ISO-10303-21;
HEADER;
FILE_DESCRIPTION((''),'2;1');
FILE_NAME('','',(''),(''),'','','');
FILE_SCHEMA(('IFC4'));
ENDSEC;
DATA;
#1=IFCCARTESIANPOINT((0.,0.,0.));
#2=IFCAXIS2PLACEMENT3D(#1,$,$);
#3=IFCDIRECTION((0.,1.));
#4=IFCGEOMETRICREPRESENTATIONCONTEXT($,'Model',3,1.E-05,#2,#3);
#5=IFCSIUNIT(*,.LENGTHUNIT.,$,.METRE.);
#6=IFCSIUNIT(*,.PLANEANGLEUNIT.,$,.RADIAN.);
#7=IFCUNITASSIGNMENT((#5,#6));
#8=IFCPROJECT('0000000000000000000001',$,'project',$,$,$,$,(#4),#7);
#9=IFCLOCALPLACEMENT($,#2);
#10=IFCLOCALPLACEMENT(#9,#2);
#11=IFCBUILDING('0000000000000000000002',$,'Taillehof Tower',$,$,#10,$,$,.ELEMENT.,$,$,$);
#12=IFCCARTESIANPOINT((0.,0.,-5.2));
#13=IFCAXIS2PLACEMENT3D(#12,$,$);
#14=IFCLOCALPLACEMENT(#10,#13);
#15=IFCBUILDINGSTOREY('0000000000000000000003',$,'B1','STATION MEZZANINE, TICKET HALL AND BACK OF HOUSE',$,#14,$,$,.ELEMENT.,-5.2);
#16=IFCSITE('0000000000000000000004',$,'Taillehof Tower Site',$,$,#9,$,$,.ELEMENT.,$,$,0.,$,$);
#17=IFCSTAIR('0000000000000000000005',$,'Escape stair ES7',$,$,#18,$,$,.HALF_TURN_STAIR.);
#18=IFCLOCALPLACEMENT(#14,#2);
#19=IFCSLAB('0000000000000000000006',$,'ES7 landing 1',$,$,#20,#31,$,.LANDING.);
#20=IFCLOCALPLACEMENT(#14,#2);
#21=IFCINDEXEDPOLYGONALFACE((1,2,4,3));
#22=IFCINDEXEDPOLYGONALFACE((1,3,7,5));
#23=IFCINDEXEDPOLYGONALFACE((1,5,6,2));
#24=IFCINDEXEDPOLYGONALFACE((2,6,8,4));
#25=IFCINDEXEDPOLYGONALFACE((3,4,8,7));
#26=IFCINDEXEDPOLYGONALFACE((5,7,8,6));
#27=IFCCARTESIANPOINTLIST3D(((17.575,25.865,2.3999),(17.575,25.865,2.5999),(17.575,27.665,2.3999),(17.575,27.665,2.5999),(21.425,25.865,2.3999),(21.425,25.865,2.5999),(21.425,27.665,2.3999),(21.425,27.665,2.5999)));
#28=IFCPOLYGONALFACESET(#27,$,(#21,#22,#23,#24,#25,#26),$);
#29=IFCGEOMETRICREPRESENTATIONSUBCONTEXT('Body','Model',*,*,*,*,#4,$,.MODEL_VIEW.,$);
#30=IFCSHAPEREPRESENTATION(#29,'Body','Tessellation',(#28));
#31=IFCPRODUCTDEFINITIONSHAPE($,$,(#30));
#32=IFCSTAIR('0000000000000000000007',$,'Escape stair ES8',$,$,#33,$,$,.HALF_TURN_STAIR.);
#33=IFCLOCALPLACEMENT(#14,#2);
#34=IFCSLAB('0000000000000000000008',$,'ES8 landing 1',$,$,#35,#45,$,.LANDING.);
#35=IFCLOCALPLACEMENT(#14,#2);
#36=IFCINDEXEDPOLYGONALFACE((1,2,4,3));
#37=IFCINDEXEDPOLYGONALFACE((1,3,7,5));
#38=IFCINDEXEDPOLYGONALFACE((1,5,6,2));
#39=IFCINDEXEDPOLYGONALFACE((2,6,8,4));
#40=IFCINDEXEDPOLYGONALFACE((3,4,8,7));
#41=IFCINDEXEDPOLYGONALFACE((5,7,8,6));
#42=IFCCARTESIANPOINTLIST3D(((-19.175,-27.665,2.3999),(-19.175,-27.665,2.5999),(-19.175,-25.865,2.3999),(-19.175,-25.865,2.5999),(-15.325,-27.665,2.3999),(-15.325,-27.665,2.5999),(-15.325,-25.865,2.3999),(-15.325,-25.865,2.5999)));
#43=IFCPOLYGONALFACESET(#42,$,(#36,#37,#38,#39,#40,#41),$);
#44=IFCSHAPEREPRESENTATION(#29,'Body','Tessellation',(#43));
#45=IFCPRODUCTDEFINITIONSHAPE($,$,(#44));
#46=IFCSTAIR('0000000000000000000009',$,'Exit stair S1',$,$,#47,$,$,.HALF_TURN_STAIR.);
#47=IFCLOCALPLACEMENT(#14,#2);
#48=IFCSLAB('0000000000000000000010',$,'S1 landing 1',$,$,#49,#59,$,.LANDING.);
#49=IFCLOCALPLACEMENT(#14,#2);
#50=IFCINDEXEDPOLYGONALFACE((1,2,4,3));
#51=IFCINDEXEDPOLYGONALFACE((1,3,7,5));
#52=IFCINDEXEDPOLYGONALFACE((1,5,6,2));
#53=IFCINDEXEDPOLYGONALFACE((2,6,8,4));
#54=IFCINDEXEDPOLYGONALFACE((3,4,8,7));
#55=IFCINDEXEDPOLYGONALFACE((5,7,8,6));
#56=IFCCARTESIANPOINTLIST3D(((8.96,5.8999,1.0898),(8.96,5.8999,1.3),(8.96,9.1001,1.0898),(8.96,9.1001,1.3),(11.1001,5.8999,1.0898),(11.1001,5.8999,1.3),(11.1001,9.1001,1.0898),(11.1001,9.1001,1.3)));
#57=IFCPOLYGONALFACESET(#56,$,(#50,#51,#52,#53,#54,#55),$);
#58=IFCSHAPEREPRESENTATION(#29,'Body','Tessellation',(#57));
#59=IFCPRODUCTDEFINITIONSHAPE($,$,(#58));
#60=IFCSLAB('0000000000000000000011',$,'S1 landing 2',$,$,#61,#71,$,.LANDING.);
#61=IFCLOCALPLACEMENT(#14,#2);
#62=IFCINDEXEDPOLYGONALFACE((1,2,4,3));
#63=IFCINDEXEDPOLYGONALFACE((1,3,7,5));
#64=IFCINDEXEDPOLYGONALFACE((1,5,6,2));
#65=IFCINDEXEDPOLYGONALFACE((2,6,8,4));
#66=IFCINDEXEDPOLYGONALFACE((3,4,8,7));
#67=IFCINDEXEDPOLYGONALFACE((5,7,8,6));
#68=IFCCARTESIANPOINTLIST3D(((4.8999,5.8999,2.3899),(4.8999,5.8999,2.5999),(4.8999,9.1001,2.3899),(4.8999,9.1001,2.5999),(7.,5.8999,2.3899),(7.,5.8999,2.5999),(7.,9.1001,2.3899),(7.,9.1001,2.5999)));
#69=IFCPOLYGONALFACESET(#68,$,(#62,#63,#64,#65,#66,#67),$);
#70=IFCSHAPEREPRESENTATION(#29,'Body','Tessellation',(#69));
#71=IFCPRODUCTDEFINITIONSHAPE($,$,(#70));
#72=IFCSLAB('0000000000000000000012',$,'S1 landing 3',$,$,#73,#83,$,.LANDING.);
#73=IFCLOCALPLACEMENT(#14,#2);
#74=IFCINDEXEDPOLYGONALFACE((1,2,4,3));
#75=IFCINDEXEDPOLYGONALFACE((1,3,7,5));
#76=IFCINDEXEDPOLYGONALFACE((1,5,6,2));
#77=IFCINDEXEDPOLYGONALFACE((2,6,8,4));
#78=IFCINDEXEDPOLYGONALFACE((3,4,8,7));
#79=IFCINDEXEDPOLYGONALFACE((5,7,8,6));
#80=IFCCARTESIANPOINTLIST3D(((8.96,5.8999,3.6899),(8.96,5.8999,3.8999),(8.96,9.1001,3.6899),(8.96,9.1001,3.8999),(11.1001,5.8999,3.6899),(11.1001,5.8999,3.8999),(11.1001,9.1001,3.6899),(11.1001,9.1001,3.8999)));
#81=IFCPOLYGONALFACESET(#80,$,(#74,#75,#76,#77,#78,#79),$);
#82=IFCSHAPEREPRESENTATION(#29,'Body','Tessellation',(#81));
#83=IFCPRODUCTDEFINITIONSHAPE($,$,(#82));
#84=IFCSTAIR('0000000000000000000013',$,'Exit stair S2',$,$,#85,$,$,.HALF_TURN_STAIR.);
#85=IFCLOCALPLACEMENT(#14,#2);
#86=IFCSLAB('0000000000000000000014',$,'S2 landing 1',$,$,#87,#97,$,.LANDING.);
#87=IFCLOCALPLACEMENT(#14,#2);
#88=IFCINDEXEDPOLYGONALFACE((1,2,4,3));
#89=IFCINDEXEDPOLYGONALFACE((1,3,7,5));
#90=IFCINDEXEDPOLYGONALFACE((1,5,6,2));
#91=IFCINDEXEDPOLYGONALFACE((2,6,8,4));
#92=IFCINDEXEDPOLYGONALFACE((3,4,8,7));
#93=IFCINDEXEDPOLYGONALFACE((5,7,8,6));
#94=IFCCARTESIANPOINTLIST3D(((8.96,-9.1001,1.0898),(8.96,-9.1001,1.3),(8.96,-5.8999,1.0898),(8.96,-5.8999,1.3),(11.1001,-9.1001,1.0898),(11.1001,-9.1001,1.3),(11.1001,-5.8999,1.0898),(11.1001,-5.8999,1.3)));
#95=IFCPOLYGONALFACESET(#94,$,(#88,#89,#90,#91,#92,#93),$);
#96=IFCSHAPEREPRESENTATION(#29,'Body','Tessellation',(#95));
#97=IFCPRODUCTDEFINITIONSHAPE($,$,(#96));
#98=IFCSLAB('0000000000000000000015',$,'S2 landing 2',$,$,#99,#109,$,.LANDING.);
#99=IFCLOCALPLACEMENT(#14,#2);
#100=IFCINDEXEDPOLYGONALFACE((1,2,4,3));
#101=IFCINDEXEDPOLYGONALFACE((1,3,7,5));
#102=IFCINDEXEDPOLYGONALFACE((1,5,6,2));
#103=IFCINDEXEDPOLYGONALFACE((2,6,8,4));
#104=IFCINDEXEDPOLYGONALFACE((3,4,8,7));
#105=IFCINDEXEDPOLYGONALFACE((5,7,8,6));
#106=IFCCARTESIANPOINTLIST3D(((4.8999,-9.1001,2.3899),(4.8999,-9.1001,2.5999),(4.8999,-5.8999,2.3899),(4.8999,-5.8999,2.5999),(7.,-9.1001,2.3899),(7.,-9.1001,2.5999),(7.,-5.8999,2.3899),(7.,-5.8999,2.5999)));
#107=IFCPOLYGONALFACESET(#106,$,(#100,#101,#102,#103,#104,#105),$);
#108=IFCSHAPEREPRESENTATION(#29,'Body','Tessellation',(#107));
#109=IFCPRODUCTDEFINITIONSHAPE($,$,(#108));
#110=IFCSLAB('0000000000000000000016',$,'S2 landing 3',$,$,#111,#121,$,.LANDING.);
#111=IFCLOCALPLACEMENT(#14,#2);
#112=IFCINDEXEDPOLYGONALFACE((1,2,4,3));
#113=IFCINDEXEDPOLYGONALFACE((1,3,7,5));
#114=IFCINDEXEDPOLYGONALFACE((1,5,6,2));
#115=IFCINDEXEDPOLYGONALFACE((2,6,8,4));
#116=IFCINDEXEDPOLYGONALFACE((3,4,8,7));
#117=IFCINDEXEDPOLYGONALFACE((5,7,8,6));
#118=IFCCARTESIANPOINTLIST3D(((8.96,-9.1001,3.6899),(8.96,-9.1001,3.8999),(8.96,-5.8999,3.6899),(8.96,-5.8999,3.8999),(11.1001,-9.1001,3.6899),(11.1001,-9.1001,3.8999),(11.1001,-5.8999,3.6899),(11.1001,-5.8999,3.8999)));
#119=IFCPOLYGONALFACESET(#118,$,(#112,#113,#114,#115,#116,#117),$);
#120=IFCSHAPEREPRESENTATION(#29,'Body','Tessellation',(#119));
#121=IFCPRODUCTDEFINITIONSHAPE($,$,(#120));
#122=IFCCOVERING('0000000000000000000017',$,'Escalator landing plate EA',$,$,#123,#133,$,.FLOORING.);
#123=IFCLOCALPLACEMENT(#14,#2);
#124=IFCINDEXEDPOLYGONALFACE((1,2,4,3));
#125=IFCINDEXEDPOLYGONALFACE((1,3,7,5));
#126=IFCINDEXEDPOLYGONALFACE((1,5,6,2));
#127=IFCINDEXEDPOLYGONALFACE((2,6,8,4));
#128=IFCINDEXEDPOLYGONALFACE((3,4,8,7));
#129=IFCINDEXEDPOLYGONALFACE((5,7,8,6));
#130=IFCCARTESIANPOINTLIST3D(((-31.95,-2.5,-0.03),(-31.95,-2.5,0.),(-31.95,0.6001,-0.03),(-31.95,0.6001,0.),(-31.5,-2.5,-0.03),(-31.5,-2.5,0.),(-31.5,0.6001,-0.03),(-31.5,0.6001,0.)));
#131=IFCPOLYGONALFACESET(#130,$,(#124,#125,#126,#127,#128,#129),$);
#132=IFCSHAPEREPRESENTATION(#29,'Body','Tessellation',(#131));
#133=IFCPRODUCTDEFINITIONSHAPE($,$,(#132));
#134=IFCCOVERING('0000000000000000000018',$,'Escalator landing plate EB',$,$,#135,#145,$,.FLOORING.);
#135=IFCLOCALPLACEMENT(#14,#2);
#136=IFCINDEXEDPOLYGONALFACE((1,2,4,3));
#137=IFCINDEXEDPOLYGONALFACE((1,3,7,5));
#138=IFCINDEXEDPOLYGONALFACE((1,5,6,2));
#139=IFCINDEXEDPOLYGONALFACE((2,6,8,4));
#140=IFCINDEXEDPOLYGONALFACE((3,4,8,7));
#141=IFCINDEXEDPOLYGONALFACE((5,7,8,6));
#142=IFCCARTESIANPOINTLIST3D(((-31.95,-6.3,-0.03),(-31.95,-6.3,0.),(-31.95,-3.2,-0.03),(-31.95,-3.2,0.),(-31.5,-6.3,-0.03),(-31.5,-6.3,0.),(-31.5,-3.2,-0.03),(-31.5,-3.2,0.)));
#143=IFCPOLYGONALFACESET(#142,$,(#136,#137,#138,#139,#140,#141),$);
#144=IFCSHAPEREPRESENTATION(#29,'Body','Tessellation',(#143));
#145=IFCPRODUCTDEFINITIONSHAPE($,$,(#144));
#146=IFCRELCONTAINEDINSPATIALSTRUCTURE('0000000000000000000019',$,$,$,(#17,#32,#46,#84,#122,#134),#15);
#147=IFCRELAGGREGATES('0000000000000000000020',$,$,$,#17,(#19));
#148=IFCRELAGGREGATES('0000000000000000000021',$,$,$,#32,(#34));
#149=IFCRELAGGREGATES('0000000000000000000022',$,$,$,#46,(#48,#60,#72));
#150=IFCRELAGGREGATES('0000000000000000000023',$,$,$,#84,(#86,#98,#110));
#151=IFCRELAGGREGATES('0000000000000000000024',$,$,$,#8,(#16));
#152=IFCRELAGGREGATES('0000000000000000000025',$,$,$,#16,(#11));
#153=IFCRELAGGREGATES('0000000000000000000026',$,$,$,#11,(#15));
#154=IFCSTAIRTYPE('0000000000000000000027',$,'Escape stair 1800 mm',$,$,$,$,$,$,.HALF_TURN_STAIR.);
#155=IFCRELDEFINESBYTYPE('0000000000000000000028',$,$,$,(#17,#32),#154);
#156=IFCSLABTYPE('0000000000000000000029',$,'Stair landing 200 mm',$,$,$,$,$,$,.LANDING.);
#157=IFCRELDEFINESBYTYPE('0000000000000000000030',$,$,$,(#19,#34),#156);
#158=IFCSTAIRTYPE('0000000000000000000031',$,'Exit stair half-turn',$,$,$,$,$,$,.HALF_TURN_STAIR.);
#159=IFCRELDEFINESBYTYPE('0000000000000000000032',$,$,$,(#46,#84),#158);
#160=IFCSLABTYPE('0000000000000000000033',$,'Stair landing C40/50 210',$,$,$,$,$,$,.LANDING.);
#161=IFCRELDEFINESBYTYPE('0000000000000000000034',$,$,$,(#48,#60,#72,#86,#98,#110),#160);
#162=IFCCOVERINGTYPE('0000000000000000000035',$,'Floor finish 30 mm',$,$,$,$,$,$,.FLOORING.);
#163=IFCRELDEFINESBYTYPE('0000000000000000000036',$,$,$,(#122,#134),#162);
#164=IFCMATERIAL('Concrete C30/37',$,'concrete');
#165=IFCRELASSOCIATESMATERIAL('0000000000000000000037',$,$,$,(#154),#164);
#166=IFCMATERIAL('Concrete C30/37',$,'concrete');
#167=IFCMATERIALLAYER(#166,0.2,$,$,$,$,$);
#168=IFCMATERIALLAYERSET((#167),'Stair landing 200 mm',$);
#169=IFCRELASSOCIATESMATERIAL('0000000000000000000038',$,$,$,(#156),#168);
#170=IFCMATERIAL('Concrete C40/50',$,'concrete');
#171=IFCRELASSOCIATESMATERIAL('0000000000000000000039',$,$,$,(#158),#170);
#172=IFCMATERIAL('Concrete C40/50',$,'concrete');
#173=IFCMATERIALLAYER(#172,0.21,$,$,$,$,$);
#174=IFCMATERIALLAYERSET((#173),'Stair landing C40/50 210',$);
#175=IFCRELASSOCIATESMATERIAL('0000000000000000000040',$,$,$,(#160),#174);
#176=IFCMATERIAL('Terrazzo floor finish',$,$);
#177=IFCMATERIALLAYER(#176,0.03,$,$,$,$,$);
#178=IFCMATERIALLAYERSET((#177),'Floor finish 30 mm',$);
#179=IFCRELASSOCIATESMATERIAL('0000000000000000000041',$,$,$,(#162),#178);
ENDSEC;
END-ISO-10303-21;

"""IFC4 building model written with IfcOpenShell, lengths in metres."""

from ifc_helpers import new_model, si_unit, direction, frame, origin, place, context, subcontext, project, spatial, polyline, outline, extrude, material, layer, layer_set, type_object, element, aggregate, save


model = new_model("IFC4")

# Units and contexts
model_context = context("Model", 3, precision=1e-05, world=origin(), true_north=direction((0.0, 1.0)))
body_context = subcontext(model_context, "Body", "Model", "MODEL_VIEW")
ifc_project = project(units=[si_unit("LENGTHUNIT", "METRE"), si_unit("PLANEANGLEUNIT", "RADIAN")], contexts=[model_context])

# Site, building, storey
site_placement = place(None, origin())
site = spatial("IfcSite", under=ifc_project, at=site_placement, Name="Taillehof Tower Site", CompositionType="ELEMENT", RefElevation=0.0)
building_placement = place(site_placement, origin())
building = spatial("IfcBuilding", under=site, at=building_placement, Name="Taillehof Tower", CompositionType="ELEMENT")
storey_placement = place(building_placement, frame((0.0, 0.0, -5.2)))
storey = spatial("IfcBuildingStorey", under=building, at=storey_placement, Name="B1", Description="STATION MEZZANINE, TICKET HALL AND BACK OF HOUSE", CompositionType="ELEMENT", Elevation=-5.2)

# Stairs, slabs
ifc_material_1 = material(Name="Concrete C30/37", Category="concrete")
stair_type_1 = type_object("IfcStairType", Name="Escape stair 1800 mm", PredefinedType="HALF_TURN_STAIR", material=ifc_material_1)
ifc_material_2 = material(Name="Concrete C30/37", Category="concrete")
ifc_layer_1 = layer(ifc_material_2, 0.2)
ifc_layer_set_1 = layer_set([ifc_layer_1], Name="Stair landing 200 mm")
slab_type_1 = type_object("IfcSlabType", Name="Stair landing 200 mm", PredefinedType="LANDING", material=ifc_layer_set_1)
stair_1_placement = place(storey_placement, origin())
stair_1 = element("IfcStair", 1, at=stair_1_placement, inside=storey, type_object=stair_type_1, Name="Escape stair ES7", PredefinedType="HALF_TURN_STAIR")
slab_1_placement = place(storey_placement, frame((0.0, 0.0, 2.3999)))
slab_1 = element("IfcSlab", 2, at=slab_1_placement, type_object=slab_type_1, Name="ES7 landing 1", PredefinedType="LANDING", context=body_context, shape_type="SweptSolid", body=[
    extrude(outline(polyline([(17.575, 25.865), (21.425, 25.865), (21.425, 27.665), (17.575, 27.665), (17.575, 25.865)])), origin(), (0.0, 0.0, 1.0), 0.2),
])
aggregate(stair_1, [slab_1])
stair_2_placement = place(storey_placement, origin())
stair_2 = element("IfcStair", 3, at=stair_2_placement, inside=storey, type_object=stair_type_1, Name="Escape stair ES8", PredefinedType="HALF_TURN_STAIR")
slab_2_placement = place(storey_placement, frame((0.0, 0.0, 2.3999)))
slab_2 = element("IfcSlab", 4, at=slab_2_placement, type_object=slab_type_1, Name="ES8 landing 1", PredefinedType="LANDING", context=body_context, shape_type="SweptSolid", body=[
    extrude(outline(polyline([(-15.325, -25.865), (-19.175, -25.865), (-19.175, -27.665), (-15.325, -27.665), (-15.325, -25.865)])), origin(), (0.0, 0.0, 1.0), 0.2),
])
aggregate(stair_2, [slab_2])

# Stairs, slabs
ifc_material_3 = material(Name="Concrete C40/50", Category="concrete")
stair_type_2 = type_object("IfcStairType", Name="Exit stair half-turn", PredefinedType="HALF_TURN_STAIR", material=ifc_material_3)
stair_3_placement = place(storey_placement, origin())
stair_3 = element("IfcStair", 5, at=stair_3_placement, inside=storey, type_object=stair_type_2, Name="Exit stair S1", PredefinedType="HALF_TURN_STAIR")
ifc_material_4 = material(Name="Concrete C40/50", Category="concrete")
ifc_layer_2 = layer(ifc_material_4, 0.21)
ifc_layer_set_2 = layer_set([ifc_layer_2], Name="Stair landing C40/50 210")
slab_type_2 = type_object("IfcSlabType", Name="Stair landing C40/50 210", PredefinedType="LANDING", material=ifc_layer_set_2)
slab_3_placement = place(storey_placement, frame((0.0, 0.0, 1.0898)))
slab_3 = element("IfcSlab", 6, at=slab_3_placement, type_object=slab_type_2, Name="S1 landing 1", PredefinedType="LANDING", context=body_context, shape_type="SweptSolid", body=[
    extrude(outline(polyline([(8.96, 5.8999), (11.1001, 5.8999), (11.1001, 9.1001), (8.96, 9.1001), (8.96, 5.8999)])), origin(), (0.0, 0.0, 1.0), 0.2102),
])
slab_4_placement = place(storey_placement, frame((0.0, 0.0, 2.3899)))
slab_4 = element("IfcSlab", 7, at=slab_4_placement, type_object=slab_type_2, Name="S1 landing 2", PredefinedType="LANDING", context=body_context, shape_type="SweptSolid", body=[
    extrude(outline(polyline([(4.8999, 5.8999), (7.0, 5.8999), (7.0, 9.1001), (4.8999, 9.1001), (4.8999, 5.8999)])), origin(), (0.0, 0.0, 1.0), 0.21),
])
slab_5_placement = place(storey_placement, frame((0.0, 0.0, 3.6899)))
slab_5 = element("IfcSlab", 8, at=slab_5_placement, type_object=slab_type_2, Name="S1 landing 3", PredefinedType="LANDING", context=body_context, shape_type="SweptSolid", body=[
    extrude(outline(polyline([(8.96, 5.8999), (11.1001, 5.8999), (11.1001, 9.1001), (8.96, 9.1001), (8.96, 5.8999)])), origin(), (0.0, 0.0, 1.0), 0.21),
])
aggregate(stair_3, [slab_3, slab_4, slab_5])
stair_4_placement = place(storey_placement, origin())
stair_4 = element("IfcStair", 9, at=stair_4_placement, inside=storey, type_object=stair_type_2, Name="Exit stair S2", PredefinedType="HALF_TURN_STAIR")
slab_6_placement = place(storey_placement, frame((0.0, 0.0, 1.0898)))
slab_6 = element("IfcSlab", 10, at=slab_6_placement, type_object=slab_type_2, Name="S2 landing 1", PredefinedType="LANDING", context=body_context, shape_type="SweptSolid", body=[
    extrude(outline(polyline([(8.96, -5.8999), (11.1001, -5.8999), (11.1001, -9.1001), (8.96, -9.1001), (8.96, -5.8999)])), origin(), (0.0, 0.0, 1.0), 0.2102),
])
slab_7_placement = place(storey_placement, frame((0.0, 0.0, 2.3899)))
slab_7 = element("IfcSlab", 11, at=slab_7_placement, type_object=slab_type_2, Name="S2 landing 2", PredefinedType="LANDING", context=body_context, shape_type="SweptSolid", body=[
    extrude(outline(polyline([(4.8999, -5.8999), (7.0, -5.8999), (7.0, -9.1001), (4.8999, -9.1001), (4.8999, -5.8999)])), origin(), (0.0, 0.0, 1.0), 0.21),
])
slab_8_placement = place(storey_placement, frame((0.0, 0.0, 3.6899)))
slab_8 = element("IfcSlab", 12, at=slab_8_placement, type_object=slab_type_2, Name="S2 landing 3", PredefinedType="LANDING", context=body_context, shape_type="SweptSolid", body=[
    extrude(outline(polyline([(8.96, -5.8999), (11.1001, -5.8999), (11.1001, -9.1001), (8.96, -9.1001), (8.96, -5.8999)])), origin(), (0.0, 0.0, 1.0), 0.21),
])
aggregate(stair_4, [slab_6, slab_7, slab_8])

# Coverings
ifc_material_5 = material(Name="Terrazzo floor finish")
ifc_layer_3 = layer(ifc_material_5, 0.03)
ifc_layer_set_3 = layer_set([ifc_layer_3], Name="Floor finish 30 mm")
covering_type = type_object("IfcCoveringType", Name="Floor finish 30 mm", PredefinedType="FLOORING", material=ifc_layer_set_3)
covering_1_placement = place(storey_placement, frame((0.0, 0.0, -0.03)))
element("IfcCovering", 13, at=covering_1_placement, inside=storey, type_object=covering_type, Name="Escalator landing plate EA", PredefinedType="FLOORING", context=body_context, shape_type="SweptSolid", body=[
    extrude(outline(polyline([(-31.95, -2.5), (-31.5, -2.5), (-31.5, 0.6001), (-31.95, 0.6001), (-31.95, -2.5)])), origin(), (0.0, 0.0, 1.0), 0.03),
])
covering_2_placement = place(storey_placement, frame((0.0, 0.0, -0.03)))
element("IfcCovering", 14, at=covering_2_placement, inside=storey, type_object=covering_type, Name="Escalator landing plate EB", PredefinedType="FLOORING", context=body_context, shape_type="SweptSolid", body=[
    extrude(outline(polyline([(-31.95, -6.3), (-31.5, -6.3), (-31.5, -3.2), (-31.95, -3.2), (-31.95, -6.3)])), origin(), (0.0, 0.0, 1.0), 0.03),
])

save(model, "model.ifc")
